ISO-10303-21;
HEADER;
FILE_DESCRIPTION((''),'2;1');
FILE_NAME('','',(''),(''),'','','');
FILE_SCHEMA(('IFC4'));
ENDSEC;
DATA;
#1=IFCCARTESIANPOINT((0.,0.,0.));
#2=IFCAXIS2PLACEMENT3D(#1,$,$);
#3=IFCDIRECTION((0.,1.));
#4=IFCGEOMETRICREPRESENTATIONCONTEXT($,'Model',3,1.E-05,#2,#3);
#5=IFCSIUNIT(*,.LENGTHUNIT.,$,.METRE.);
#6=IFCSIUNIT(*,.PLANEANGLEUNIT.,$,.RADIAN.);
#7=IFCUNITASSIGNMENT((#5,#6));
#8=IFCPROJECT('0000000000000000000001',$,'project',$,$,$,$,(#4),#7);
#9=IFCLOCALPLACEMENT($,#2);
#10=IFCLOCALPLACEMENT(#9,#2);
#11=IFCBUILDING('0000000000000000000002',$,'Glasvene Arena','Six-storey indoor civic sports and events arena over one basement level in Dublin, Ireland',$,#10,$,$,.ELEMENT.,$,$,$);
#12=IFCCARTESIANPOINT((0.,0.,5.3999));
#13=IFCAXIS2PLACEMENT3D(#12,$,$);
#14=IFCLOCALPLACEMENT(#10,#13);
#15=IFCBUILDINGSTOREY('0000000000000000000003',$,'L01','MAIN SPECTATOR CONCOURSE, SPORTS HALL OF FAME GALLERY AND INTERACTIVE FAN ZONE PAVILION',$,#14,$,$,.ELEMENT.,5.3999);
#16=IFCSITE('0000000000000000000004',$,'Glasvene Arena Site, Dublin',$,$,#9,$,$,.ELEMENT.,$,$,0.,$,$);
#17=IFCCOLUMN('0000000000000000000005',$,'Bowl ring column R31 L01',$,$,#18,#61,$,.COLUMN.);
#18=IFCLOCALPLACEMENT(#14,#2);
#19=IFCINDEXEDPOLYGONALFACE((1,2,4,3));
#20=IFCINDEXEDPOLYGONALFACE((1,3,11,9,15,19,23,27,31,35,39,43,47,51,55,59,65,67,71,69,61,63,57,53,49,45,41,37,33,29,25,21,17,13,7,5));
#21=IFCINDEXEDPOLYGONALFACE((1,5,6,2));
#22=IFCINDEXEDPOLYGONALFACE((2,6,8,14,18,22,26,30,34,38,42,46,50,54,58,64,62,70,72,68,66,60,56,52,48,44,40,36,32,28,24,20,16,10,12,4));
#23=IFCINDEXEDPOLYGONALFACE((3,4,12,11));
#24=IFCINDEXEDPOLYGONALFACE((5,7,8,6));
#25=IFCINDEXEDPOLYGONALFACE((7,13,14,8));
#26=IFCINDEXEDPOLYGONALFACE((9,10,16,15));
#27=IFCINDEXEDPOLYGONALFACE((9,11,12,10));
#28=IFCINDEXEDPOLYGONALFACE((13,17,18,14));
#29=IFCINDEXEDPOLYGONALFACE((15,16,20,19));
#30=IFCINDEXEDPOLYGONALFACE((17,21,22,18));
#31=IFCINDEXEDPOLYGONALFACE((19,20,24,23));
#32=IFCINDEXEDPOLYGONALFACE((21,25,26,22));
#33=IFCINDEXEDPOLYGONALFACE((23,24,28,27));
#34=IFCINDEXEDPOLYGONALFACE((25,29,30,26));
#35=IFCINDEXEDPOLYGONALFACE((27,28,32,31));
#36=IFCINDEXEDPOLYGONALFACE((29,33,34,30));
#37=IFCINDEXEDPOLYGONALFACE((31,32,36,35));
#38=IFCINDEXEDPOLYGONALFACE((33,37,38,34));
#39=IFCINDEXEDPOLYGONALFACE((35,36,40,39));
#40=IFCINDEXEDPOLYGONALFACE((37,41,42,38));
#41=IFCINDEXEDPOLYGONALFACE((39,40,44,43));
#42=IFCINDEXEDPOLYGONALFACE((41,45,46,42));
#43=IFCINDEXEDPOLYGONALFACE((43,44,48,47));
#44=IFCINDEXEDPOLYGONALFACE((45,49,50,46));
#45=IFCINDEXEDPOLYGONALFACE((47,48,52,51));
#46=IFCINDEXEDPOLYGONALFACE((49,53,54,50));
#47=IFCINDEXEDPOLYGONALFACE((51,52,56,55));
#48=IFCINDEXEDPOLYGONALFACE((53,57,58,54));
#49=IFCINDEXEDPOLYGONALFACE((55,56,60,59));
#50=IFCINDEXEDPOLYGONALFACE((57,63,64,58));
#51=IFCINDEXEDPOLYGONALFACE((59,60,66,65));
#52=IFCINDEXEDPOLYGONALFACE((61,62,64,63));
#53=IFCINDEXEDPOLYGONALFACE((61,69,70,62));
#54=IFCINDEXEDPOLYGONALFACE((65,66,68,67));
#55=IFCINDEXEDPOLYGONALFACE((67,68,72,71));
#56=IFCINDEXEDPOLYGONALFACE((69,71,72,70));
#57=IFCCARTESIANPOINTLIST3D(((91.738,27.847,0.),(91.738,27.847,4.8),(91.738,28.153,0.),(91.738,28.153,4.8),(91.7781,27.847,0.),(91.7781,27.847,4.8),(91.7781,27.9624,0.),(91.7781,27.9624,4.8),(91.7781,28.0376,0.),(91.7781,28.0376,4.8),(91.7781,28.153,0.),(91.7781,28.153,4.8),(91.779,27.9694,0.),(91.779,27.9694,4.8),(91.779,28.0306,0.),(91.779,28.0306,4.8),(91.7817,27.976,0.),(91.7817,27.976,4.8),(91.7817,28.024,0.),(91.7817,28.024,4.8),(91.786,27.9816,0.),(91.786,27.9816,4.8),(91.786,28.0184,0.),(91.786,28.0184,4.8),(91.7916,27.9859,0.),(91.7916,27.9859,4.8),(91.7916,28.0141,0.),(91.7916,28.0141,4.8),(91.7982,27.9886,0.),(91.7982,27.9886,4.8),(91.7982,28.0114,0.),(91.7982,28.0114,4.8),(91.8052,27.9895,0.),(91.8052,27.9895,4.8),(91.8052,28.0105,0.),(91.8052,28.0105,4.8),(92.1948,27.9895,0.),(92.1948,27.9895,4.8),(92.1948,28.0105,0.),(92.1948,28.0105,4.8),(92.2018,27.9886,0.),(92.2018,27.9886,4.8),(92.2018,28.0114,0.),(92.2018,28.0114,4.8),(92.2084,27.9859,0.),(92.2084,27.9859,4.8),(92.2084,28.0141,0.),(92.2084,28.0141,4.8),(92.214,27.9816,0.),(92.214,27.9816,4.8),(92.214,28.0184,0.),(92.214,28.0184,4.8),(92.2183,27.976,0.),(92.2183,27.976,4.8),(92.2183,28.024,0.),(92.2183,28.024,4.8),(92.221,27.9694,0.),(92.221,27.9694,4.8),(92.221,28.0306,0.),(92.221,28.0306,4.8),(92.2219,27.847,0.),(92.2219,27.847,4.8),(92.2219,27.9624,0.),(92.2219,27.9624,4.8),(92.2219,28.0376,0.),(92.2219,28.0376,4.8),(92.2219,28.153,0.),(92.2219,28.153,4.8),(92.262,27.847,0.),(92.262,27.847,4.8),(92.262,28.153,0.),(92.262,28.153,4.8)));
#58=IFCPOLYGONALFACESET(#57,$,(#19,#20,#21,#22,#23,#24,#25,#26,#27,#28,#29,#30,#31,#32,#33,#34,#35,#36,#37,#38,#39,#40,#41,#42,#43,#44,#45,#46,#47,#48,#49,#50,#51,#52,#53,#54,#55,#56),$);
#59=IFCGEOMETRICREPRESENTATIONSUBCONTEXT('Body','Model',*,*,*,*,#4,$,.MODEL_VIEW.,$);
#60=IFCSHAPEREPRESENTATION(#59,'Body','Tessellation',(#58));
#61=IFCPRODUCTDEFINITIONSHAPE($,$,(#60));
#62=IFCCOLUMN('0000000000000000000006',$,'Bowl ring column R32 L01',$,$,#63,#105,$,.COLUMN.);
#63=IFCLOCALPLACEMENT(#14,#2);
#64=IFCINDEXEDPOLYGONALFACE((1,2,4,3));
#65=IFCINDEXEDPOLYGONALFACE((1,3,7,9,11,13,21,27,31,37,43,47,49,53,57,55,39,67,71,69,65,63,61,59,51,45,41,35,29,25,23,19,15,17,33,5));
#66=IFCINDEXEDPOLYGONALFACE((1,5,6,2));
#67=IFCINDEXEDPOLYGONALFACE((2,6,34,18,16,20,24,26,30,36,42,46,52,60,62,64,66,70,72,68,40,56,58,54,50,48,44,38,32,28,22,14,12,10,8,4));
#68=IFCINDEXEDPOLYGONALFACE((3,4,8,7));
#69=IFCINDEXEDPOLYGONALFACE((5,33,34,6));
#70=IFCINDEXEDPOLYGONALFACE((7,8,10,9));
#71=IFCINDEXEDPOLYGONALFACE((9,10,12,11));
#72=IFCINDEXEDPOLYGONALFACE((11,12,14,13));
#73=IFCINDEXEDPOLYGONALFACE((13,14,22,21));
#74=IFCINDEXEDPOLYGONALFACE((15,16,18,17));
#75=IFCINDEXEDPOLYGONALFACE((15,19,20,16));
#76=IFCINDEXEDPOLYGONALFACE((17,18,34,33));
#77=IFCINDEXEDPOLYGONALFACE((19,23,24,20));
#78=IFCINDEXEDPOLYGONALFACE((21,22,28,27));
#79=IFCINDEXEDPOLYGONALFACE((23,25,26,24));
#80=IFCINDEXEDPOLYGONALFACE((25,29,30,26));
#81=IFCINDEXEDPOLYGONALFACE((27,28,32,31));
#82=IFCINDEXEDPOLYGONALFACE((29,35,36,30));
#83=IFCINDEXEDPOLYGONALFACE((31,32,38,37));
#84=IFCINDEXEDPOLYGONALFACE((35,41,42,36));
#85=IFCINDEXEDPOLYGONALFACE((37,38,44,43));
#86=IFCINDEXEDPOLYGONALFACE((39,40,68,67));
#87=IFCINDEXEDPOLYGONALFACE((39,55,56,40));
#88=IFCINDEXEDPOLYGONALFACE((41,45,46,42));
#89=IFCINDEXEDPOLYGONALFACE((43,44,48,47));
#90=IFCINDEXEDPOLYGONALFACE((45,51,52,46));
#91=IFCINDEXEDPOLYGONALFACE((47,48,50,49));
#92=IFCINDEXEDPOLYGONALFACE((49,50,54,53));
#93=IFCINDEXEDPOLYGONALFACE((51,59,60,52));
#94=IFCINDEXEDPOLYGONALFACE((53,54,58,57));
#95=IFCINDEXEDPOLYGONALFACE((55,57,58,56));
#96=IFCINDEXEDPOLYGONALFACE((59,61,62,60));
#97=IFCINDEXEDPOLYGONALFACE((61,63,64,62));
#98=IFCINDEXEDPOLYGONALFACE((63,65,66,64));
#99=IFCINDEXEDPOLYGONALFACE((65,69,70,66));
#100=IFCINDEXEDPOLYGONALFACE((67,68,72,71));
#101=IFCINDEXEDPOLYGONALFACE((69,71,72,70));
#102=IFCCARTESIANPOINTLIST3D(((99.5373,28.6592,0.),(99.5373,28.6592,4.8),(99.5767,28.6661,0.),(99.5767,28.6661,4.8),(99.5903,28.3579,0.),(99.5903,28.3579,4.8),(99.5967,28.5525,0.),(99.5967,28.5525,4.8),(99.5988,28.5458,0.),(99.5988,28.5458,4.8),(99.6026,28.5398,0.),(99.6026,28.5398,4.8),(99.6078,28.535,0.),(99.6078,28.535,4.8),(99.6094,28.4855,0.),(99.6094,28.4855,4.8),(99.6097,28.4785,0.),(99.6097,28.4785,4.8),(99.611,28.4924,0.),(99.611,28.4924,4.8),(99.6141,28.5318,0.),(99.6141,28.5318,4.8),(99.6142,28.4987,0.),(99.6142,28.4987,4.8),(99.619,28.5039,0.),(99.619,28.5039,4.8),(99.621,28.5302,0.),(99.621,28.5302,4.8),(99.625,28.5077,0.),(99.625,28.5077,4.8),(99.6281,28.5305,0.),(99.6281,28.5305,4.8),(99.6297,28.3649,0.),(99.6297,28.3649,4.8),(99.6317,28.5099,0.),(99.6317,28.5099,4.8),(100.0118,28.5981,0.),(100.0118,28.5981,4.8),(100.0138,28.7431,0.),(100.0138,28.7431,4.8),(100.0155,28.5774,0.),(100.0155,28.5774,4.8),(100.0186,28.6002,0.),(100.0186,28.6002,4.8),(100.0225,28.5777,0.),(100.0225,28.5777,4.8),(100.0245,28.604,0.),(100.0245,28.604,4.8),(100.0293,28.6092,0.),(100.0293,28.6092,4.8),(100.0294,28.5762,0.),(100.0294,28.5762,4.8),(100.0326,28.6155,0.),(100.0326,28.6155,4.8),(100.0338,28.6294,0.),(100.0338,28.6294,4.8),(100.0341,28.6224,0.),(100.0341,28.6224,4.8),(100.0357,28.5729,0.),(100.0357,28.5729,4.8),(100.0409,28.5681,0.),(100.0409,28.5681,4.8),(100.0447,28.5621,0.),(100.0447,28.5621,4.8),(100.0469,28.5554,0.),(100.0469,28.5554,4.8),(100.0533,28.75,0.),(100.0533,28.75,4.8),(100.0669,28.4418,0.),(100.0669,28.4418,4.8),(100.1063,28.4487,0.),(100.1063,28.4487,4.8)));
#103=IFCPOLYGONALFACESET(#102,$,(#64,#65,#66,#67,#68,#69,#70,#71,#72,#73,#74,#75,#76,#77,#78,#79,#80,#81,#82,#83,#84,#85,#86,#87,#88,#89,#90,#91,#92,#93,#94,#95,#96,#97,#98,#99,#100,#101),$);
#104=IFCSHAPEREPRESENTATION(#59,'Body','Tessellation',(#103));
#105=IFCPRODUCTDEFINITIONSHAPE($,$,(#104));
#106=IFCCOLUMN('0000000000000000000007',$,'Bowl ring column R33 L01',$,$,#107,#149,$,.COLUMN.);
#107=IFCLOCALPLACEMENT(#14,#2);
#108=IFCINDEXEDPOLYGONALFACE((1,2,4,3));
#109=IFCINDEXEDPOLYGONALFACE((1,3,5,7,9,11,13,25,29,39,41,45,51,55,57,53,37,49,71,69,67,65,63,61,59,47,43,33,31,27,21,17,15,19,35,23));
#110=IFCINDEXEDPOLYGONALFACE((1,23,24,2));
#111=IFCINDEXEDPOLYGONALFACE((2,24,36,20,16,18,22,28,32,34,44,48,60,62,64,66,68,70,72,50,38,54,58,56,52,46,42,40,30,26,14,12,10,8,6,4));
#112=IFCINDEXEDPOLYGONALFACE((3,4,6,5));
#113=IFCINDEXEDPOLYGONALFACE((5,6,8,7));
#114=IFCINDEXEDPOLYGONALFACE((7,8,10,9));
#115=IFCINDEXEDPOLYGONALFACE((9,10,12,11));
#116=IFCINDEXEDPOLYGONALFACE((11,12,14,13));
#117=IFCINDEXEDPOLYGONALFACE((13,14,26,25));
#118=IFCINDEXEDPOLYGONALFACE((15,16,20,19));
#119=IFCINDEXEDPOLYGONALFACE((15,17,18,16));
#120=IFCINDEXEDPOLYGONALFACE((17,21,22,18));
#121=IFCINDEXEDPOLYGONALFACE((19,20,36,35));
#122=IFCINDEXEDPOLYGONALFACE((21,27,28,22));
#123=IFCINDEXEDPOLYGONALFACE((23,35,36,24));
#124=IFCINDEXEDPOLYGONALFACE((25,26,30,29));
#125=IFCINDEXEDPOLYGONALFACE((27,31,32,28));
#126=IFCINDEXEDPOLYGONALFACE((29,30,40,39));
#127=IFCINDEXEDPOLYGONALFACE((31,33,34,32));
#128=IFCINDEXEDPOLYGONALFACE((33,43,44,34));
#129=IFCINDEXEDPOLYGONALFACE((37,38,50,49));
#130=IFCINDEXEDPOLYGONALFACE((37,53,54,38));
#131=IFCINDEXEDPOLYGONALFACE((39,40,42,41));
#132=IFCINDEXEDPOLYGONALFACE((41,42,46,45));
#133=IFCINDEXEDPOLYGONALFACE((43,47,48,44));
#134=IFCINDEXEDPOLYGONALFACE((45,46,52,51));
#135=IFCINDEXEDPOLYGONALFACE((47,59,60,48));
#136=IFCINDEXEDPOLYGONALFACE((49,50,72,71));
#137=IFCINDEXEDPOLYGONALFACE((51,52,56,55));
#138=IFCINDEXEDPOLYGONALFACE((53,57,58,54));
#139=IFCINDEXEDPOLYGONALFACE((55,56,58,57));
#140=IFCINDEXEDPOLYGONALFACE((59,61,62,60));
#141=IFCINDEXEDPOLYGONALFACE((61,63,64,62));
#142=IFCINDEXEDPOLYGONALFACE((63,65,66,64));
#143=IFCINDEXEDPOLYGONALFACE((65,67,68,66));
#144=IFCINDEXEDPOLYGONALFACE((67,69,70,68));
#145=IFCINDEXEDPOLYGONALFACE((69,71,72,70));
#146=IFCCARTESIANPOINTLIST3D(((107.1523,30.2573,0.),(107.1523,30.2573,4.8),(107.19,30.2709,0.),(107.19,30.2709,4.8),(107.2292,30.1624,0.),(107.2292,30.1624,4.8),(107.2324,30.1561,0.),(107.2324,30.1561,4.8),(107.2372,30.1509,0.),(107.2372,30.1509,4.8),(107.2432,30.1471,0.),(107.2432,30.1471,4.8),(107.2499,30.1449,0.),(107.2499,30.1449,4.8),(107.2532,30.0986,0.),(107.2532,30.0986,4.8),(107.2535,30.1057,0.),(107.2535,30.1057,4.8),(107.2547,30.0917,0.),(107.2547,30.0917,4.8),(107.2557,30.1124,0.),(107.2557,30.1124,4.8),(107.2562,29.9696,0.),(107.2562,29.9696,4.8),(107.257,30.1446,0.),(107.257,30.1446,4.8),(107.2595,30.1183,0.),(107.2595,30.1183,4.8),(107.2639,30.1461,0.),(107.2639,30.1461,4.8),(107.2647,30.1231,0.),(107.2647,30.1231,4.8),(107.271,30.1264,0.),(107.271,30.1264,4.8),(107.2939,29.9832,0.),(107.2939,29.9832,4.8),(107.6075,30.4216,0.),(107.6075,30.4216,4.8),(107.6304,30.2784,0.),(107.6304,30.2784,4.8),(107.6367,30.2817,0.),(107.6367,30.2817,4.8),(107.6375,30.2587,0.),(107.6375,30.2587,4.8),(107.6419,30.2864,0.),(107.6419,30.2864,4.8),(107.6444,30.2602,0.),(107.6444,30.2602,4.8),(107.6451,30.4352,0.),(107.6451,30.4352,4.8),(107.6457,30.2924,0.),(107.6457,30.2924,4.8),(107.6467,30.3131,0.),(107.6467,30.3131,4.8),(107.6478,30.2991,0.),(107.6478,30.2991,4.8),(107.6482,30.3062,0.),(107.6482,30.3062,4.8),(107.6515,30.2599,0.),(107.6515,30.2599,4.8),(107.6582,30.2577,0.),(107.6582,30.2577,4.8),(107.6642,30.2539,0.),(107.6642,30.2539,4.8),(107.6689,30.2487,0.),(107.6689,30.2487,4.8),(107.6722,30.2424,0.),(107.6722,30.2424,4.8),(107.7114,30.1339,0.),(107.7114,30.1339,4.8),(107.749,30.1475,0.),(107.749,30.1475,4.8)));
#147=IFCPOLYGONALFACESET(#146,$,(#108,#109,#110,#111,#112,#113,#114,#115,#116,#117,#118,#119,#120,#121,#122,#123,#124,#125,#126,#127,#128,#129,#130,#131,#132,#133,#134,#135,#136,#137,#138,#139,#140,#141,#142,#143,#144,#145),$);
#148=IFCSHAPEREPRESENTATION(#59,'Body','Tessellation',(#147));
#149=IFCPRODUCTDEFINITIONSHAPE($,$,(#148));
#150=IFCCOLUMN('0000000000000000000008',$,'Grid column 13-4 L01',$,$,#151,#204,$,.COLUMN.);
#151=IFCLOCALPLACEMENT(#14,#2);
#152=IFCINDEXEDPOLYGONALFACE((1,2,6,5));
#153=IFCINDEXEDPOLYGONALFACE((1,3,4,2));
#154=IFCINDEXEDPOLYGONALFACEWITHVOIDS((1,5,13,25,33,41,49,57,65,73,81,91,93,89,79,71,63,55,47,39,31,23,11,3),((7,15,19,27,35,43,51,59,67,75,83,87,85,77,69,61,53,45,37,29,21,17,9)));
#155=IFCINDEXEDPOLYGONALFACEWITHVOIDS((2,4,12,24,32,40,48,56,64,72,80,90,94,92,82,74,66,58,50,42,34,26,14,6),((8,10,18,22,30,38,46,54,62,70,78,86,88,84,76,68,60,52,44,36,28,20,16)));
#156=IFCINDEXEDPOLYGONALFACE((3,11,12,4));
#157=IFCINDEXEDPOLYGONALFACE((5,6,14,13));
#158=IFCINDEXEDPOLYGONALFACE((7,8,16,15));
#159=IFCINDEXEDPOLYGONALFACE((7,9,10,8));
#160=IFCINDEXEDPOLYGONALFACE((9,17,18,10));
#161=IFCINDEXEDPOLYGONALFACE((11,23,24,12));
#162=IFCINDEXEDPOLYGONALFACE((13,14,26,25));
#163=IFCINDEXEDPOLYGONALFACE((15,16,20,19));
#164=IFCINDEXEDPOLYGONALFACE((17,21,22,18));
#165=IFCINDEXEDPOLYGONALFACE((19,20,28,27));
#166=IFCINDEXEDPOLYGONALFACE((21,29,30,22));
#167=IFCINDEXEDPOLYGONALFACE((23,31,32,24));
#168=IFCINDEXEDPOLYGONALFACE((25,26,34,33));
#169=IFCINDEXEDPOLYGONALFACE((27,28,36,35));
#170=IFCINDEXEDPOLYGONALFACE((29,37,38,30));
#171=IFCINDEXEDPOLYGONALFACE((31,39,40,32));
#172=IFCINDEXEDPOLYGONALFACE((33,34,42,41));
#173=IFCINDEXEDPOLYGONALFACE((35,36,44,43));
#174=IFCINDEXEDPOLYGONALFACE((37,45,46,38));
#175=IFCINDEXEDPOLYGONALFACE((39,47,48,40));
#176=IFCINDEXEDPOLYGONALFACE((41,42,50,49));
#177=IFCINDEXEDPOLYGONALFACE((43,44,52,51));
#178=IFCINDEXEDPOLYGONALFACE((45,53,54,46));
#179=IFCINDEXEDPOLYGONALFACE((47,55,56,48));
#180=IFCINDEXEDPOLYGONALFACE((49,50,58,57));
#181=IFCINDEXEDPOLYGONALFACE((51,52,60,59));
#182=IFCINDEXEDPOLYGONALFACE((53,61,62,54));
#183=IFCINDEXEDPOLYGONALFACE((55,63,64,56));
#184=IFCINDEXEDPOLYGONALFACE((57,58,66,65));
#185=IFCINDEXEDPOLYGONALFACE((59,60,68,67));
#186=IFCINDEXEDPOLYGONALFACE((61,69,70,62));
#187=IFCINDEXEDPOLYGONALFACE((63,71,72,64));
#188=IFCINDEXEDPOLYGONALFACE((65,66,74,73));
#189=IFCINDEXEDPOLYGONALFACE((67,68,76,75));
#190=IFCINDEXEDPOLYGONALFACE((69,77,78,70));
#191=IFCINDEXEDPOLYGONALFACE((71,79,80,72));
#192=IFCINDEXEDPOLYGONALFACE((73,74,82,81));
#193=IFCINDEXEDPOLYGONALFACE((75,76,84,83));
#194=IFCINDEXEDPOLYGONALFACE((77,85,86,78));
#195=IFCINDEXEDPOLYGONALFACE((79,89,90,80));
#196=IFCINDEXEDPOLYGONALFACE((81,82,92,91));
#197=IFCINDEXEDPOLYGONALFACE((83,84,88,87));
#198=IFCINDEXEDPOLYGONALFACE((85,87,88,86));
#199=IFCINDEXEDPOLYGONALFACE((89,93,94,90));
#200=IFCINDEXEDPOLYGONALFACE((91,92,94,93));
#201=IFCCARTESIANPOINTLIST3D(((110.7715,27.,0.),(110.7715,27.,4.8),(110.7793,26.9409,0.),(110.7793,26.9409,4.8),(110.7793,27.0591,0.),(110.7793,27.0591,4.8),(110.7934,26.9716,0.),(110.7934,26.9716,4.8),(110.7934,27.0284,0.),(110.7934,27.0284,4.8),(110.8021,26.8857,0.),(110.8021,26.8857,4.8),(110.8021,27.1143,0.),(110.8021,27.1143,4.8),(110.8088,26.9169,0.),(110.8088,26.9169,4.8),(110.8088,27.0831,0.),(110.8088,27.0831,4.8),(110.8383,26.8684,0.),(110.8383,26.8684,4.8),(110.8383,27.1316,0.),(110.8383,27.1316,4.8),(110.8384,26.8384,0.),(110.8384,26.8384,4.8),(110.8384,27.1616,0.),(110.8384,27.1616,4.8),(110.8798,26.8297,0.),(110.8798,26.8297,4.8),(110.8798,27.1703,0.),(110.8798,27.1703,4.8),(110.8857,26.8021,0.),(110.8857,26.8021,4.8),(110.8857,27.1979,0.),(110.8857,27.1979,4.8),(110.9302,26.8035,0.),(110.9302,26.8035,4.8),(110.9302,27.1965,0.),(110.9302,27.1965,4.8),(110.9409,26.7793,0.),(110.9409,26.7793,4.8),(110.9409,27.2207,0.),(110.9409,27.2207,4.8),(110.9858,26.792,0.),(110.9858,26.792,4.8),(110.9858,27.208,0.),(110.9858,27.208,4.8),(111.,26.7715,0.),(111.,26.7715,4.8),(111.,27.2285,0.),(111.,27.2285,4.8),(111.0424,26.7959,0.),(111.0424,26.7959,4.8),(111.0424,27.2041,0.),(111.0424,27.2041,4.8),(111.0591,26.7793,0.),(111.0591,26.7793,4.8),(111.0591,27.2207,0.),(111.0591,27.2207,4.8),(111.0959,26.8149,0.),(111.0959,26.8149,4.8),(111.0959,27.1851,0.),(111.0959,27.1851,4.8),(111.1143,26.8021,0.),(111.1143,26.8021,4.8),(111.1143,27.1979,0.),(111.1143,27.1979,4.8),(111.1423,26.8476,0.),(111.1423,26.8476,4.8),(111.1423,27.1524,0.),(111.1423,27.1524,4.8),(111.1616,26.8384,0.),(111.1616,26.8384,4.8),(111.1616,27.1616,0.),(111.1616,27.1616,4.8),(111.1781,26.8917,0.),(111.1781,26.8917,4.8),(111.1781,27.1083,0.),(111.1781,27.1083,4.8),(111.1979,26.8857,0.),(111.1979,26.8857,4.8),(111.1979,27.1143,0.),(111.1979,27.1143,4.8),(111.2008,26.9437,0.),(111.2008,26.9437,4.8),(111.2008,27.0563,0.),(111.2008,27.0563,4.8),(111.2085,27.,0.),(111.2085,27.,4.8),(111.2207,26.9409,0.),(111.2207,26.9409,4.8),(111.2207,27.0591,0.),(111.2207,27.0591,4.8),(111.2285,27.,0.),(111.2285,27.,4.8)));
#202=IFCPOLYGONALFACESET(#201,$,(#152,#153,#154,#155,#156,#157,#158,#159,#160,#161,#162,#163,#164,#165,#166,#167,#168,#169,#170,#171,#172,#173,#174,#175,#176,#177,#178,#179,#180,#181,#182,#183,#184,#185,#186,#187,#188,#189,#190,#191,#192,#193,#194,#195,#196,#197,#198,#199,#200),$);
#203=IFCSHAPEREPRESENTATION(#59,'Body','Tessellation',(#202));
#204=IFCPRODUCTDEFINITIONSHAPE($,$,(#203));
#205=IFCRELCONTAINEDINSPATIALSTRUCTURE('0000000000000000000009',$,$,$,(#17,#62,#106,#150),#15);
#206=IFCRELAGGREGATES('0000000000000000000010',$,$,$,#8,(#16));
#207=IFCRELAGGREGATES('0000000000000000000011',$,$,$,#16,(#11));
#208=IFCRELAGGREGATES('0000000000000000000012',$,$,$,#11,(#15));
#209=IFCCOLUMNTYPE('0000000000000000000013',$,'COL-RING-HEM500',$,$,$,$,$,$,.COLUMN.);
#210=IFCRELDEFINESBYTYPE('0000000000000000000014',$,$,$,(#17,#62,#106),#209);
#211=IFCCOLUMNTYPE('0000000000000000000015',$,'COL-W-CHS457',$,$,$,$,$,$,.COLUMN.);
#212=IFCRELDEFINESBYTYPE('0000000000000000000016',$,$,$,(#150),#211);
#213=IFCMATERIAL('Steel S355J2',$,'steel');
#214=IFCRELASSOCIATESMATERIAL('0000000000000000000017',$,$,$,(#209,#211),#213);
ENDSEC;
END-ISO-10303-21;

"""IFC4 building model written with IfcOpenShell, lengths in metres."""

from ifc_helpers import new_model, si_unit, direction, frame, origin, origin_2d, place, context, subcontext, project, spatial, hollow_circle, i_section, extrude, material, material_profile, profile_set, type_object, element, save


model = new_model("IFC4")

# Units and contexts
model_context = context("Model", 3, precision=1e-05, world=origin(), true_north=direction((0.0, 1.0)))
body_context = subcontext(model_context, "Body", "Model", "MODEL_VIEW")
ifc_project = project(units=[si_unit("LENGTHUNIT", "METRE"), si_unit("PLANEANGLEUNIT", "RADIAN")], contexts=[model_context])

# Site, building, storey
site_placement = place(None, origin())
site = spatial("IfcSite", under=ifc_project, at=site_placement, Name="Glasvene Arena Site, Dublin", CompositionType="ELEMENT", RefElevation=0.0)
building_placement = place(site_placement, origin())
building = spatial("IfcBuilding", under=site, at=building_placement, Name="Glasvene Arena", Description="Six-storey indoor civic sports and events arena over one basement level in Dublin, Ireland", CompositionType="ELEMENT")
storey_placement = place(building_placement, frame((0.0, 0.0, 5.3999)))
storey = spatial("IfcBuildingStorey", under=building, at=storey_placement, Name="L01", Description="MAIN SPECTATOR CONCOURSE, SPORTS HALL OF FAME GALLERY AND INTERACTIVE FAN ZONE PAVILION", CompositionType="ELEMENT", Elevation=5.3999)

# Columns
ifc_material_1 = material(Name="Steel S355J2", Category="steel")
ifc_material_profile_1 = material_profile(ifc_material_1, i_section(OverallWidth=0.3059, OverallDepth=0.5239, WebThickness=0.021, FlangeThickness=0.04, FilletRadius=0.0271, at=origin_2d()), Name="HEM 500")
ifc_profile_set_1 = profile_set([ifc_material_profile_1], Name="Steel S355J2")
column_type_1 = type_object("IfcColumnType", Name="COL-RING-HEM500", PredefinedType="COLUMN", material=ifc_profile_set_1)
for number, where, z_axis, x_axis, name in (
    (1, (92.0, 28.0, 0.0), (0.0, 0.0, 1.0), (0.0, -1.0, 0.0), "Bowl ring column R31 L01"),
    (2, (99.8218, 28.554, 0.0), (0.0, 0.0, 1.0), (0.173304, -0.984868, 0.0), "Bowl ring column R32 L01"),
    (3, (107.4507, 30.2024, 0.0), (0.0, 0.0, 1.0), (0.339559, -0.940585, 0.0), "Bowl ring column R33 L01"),
):
    element("IfcColumn", number, at=place(storey_placement, frame(where, z_axis=z_axis, x_axis=x_axis)), inside=storey, type_object=column_type_1, Name=name, PredefinedType="COLUMN", context=body_context, shape_type="SweptSolid", body=[
        extrude(i_section(OverallWidth=0.3059, OverallDepth=0.5239, WebThickness=0.021, FlangeThickness=0.04, FilletRadius=0.0271, at=origin_2d()), origin(), (0.0, 0.0, 1.0), 4.8),
    ])
ifc_material_profile_2 = material_profile(ifc_material_1, hollow_circle(Radius=0.2285, WallThickness=0.02, at=origin_2d()), Name="CHS 457.0x20.0")
ifc_profile_set_2 = profile_set([ifc_material_profile_2], Name="Steel S355J2")
column_type_2 = type_object("IfcColumnType", Name="COL-W-CHS457", PredefinedType="COLUMN", material=ifc_profile_set_2)
column_placement = place(storey_placement, frame((111.0, 27.0, 0.0), z_axis=(0.0, 0.0, 1.0), x_axis=(1.0, 0.0, 0.0)))
element("IfcColumn", 4, at=column_placement, inside=storey, type_object=column_type_2, Name="Grid column 13-4 L01", PredefinedType="COLUMN", context=body_context, shape_type="SweptSolid", body=[
    extrude(hollow_circle(Radius=0.2285, WallThickness=0.02, at=origin_2d()), origin(), (0.0, 0.0, 1.0), 4.8),
])

save(model, "model.ifc")
